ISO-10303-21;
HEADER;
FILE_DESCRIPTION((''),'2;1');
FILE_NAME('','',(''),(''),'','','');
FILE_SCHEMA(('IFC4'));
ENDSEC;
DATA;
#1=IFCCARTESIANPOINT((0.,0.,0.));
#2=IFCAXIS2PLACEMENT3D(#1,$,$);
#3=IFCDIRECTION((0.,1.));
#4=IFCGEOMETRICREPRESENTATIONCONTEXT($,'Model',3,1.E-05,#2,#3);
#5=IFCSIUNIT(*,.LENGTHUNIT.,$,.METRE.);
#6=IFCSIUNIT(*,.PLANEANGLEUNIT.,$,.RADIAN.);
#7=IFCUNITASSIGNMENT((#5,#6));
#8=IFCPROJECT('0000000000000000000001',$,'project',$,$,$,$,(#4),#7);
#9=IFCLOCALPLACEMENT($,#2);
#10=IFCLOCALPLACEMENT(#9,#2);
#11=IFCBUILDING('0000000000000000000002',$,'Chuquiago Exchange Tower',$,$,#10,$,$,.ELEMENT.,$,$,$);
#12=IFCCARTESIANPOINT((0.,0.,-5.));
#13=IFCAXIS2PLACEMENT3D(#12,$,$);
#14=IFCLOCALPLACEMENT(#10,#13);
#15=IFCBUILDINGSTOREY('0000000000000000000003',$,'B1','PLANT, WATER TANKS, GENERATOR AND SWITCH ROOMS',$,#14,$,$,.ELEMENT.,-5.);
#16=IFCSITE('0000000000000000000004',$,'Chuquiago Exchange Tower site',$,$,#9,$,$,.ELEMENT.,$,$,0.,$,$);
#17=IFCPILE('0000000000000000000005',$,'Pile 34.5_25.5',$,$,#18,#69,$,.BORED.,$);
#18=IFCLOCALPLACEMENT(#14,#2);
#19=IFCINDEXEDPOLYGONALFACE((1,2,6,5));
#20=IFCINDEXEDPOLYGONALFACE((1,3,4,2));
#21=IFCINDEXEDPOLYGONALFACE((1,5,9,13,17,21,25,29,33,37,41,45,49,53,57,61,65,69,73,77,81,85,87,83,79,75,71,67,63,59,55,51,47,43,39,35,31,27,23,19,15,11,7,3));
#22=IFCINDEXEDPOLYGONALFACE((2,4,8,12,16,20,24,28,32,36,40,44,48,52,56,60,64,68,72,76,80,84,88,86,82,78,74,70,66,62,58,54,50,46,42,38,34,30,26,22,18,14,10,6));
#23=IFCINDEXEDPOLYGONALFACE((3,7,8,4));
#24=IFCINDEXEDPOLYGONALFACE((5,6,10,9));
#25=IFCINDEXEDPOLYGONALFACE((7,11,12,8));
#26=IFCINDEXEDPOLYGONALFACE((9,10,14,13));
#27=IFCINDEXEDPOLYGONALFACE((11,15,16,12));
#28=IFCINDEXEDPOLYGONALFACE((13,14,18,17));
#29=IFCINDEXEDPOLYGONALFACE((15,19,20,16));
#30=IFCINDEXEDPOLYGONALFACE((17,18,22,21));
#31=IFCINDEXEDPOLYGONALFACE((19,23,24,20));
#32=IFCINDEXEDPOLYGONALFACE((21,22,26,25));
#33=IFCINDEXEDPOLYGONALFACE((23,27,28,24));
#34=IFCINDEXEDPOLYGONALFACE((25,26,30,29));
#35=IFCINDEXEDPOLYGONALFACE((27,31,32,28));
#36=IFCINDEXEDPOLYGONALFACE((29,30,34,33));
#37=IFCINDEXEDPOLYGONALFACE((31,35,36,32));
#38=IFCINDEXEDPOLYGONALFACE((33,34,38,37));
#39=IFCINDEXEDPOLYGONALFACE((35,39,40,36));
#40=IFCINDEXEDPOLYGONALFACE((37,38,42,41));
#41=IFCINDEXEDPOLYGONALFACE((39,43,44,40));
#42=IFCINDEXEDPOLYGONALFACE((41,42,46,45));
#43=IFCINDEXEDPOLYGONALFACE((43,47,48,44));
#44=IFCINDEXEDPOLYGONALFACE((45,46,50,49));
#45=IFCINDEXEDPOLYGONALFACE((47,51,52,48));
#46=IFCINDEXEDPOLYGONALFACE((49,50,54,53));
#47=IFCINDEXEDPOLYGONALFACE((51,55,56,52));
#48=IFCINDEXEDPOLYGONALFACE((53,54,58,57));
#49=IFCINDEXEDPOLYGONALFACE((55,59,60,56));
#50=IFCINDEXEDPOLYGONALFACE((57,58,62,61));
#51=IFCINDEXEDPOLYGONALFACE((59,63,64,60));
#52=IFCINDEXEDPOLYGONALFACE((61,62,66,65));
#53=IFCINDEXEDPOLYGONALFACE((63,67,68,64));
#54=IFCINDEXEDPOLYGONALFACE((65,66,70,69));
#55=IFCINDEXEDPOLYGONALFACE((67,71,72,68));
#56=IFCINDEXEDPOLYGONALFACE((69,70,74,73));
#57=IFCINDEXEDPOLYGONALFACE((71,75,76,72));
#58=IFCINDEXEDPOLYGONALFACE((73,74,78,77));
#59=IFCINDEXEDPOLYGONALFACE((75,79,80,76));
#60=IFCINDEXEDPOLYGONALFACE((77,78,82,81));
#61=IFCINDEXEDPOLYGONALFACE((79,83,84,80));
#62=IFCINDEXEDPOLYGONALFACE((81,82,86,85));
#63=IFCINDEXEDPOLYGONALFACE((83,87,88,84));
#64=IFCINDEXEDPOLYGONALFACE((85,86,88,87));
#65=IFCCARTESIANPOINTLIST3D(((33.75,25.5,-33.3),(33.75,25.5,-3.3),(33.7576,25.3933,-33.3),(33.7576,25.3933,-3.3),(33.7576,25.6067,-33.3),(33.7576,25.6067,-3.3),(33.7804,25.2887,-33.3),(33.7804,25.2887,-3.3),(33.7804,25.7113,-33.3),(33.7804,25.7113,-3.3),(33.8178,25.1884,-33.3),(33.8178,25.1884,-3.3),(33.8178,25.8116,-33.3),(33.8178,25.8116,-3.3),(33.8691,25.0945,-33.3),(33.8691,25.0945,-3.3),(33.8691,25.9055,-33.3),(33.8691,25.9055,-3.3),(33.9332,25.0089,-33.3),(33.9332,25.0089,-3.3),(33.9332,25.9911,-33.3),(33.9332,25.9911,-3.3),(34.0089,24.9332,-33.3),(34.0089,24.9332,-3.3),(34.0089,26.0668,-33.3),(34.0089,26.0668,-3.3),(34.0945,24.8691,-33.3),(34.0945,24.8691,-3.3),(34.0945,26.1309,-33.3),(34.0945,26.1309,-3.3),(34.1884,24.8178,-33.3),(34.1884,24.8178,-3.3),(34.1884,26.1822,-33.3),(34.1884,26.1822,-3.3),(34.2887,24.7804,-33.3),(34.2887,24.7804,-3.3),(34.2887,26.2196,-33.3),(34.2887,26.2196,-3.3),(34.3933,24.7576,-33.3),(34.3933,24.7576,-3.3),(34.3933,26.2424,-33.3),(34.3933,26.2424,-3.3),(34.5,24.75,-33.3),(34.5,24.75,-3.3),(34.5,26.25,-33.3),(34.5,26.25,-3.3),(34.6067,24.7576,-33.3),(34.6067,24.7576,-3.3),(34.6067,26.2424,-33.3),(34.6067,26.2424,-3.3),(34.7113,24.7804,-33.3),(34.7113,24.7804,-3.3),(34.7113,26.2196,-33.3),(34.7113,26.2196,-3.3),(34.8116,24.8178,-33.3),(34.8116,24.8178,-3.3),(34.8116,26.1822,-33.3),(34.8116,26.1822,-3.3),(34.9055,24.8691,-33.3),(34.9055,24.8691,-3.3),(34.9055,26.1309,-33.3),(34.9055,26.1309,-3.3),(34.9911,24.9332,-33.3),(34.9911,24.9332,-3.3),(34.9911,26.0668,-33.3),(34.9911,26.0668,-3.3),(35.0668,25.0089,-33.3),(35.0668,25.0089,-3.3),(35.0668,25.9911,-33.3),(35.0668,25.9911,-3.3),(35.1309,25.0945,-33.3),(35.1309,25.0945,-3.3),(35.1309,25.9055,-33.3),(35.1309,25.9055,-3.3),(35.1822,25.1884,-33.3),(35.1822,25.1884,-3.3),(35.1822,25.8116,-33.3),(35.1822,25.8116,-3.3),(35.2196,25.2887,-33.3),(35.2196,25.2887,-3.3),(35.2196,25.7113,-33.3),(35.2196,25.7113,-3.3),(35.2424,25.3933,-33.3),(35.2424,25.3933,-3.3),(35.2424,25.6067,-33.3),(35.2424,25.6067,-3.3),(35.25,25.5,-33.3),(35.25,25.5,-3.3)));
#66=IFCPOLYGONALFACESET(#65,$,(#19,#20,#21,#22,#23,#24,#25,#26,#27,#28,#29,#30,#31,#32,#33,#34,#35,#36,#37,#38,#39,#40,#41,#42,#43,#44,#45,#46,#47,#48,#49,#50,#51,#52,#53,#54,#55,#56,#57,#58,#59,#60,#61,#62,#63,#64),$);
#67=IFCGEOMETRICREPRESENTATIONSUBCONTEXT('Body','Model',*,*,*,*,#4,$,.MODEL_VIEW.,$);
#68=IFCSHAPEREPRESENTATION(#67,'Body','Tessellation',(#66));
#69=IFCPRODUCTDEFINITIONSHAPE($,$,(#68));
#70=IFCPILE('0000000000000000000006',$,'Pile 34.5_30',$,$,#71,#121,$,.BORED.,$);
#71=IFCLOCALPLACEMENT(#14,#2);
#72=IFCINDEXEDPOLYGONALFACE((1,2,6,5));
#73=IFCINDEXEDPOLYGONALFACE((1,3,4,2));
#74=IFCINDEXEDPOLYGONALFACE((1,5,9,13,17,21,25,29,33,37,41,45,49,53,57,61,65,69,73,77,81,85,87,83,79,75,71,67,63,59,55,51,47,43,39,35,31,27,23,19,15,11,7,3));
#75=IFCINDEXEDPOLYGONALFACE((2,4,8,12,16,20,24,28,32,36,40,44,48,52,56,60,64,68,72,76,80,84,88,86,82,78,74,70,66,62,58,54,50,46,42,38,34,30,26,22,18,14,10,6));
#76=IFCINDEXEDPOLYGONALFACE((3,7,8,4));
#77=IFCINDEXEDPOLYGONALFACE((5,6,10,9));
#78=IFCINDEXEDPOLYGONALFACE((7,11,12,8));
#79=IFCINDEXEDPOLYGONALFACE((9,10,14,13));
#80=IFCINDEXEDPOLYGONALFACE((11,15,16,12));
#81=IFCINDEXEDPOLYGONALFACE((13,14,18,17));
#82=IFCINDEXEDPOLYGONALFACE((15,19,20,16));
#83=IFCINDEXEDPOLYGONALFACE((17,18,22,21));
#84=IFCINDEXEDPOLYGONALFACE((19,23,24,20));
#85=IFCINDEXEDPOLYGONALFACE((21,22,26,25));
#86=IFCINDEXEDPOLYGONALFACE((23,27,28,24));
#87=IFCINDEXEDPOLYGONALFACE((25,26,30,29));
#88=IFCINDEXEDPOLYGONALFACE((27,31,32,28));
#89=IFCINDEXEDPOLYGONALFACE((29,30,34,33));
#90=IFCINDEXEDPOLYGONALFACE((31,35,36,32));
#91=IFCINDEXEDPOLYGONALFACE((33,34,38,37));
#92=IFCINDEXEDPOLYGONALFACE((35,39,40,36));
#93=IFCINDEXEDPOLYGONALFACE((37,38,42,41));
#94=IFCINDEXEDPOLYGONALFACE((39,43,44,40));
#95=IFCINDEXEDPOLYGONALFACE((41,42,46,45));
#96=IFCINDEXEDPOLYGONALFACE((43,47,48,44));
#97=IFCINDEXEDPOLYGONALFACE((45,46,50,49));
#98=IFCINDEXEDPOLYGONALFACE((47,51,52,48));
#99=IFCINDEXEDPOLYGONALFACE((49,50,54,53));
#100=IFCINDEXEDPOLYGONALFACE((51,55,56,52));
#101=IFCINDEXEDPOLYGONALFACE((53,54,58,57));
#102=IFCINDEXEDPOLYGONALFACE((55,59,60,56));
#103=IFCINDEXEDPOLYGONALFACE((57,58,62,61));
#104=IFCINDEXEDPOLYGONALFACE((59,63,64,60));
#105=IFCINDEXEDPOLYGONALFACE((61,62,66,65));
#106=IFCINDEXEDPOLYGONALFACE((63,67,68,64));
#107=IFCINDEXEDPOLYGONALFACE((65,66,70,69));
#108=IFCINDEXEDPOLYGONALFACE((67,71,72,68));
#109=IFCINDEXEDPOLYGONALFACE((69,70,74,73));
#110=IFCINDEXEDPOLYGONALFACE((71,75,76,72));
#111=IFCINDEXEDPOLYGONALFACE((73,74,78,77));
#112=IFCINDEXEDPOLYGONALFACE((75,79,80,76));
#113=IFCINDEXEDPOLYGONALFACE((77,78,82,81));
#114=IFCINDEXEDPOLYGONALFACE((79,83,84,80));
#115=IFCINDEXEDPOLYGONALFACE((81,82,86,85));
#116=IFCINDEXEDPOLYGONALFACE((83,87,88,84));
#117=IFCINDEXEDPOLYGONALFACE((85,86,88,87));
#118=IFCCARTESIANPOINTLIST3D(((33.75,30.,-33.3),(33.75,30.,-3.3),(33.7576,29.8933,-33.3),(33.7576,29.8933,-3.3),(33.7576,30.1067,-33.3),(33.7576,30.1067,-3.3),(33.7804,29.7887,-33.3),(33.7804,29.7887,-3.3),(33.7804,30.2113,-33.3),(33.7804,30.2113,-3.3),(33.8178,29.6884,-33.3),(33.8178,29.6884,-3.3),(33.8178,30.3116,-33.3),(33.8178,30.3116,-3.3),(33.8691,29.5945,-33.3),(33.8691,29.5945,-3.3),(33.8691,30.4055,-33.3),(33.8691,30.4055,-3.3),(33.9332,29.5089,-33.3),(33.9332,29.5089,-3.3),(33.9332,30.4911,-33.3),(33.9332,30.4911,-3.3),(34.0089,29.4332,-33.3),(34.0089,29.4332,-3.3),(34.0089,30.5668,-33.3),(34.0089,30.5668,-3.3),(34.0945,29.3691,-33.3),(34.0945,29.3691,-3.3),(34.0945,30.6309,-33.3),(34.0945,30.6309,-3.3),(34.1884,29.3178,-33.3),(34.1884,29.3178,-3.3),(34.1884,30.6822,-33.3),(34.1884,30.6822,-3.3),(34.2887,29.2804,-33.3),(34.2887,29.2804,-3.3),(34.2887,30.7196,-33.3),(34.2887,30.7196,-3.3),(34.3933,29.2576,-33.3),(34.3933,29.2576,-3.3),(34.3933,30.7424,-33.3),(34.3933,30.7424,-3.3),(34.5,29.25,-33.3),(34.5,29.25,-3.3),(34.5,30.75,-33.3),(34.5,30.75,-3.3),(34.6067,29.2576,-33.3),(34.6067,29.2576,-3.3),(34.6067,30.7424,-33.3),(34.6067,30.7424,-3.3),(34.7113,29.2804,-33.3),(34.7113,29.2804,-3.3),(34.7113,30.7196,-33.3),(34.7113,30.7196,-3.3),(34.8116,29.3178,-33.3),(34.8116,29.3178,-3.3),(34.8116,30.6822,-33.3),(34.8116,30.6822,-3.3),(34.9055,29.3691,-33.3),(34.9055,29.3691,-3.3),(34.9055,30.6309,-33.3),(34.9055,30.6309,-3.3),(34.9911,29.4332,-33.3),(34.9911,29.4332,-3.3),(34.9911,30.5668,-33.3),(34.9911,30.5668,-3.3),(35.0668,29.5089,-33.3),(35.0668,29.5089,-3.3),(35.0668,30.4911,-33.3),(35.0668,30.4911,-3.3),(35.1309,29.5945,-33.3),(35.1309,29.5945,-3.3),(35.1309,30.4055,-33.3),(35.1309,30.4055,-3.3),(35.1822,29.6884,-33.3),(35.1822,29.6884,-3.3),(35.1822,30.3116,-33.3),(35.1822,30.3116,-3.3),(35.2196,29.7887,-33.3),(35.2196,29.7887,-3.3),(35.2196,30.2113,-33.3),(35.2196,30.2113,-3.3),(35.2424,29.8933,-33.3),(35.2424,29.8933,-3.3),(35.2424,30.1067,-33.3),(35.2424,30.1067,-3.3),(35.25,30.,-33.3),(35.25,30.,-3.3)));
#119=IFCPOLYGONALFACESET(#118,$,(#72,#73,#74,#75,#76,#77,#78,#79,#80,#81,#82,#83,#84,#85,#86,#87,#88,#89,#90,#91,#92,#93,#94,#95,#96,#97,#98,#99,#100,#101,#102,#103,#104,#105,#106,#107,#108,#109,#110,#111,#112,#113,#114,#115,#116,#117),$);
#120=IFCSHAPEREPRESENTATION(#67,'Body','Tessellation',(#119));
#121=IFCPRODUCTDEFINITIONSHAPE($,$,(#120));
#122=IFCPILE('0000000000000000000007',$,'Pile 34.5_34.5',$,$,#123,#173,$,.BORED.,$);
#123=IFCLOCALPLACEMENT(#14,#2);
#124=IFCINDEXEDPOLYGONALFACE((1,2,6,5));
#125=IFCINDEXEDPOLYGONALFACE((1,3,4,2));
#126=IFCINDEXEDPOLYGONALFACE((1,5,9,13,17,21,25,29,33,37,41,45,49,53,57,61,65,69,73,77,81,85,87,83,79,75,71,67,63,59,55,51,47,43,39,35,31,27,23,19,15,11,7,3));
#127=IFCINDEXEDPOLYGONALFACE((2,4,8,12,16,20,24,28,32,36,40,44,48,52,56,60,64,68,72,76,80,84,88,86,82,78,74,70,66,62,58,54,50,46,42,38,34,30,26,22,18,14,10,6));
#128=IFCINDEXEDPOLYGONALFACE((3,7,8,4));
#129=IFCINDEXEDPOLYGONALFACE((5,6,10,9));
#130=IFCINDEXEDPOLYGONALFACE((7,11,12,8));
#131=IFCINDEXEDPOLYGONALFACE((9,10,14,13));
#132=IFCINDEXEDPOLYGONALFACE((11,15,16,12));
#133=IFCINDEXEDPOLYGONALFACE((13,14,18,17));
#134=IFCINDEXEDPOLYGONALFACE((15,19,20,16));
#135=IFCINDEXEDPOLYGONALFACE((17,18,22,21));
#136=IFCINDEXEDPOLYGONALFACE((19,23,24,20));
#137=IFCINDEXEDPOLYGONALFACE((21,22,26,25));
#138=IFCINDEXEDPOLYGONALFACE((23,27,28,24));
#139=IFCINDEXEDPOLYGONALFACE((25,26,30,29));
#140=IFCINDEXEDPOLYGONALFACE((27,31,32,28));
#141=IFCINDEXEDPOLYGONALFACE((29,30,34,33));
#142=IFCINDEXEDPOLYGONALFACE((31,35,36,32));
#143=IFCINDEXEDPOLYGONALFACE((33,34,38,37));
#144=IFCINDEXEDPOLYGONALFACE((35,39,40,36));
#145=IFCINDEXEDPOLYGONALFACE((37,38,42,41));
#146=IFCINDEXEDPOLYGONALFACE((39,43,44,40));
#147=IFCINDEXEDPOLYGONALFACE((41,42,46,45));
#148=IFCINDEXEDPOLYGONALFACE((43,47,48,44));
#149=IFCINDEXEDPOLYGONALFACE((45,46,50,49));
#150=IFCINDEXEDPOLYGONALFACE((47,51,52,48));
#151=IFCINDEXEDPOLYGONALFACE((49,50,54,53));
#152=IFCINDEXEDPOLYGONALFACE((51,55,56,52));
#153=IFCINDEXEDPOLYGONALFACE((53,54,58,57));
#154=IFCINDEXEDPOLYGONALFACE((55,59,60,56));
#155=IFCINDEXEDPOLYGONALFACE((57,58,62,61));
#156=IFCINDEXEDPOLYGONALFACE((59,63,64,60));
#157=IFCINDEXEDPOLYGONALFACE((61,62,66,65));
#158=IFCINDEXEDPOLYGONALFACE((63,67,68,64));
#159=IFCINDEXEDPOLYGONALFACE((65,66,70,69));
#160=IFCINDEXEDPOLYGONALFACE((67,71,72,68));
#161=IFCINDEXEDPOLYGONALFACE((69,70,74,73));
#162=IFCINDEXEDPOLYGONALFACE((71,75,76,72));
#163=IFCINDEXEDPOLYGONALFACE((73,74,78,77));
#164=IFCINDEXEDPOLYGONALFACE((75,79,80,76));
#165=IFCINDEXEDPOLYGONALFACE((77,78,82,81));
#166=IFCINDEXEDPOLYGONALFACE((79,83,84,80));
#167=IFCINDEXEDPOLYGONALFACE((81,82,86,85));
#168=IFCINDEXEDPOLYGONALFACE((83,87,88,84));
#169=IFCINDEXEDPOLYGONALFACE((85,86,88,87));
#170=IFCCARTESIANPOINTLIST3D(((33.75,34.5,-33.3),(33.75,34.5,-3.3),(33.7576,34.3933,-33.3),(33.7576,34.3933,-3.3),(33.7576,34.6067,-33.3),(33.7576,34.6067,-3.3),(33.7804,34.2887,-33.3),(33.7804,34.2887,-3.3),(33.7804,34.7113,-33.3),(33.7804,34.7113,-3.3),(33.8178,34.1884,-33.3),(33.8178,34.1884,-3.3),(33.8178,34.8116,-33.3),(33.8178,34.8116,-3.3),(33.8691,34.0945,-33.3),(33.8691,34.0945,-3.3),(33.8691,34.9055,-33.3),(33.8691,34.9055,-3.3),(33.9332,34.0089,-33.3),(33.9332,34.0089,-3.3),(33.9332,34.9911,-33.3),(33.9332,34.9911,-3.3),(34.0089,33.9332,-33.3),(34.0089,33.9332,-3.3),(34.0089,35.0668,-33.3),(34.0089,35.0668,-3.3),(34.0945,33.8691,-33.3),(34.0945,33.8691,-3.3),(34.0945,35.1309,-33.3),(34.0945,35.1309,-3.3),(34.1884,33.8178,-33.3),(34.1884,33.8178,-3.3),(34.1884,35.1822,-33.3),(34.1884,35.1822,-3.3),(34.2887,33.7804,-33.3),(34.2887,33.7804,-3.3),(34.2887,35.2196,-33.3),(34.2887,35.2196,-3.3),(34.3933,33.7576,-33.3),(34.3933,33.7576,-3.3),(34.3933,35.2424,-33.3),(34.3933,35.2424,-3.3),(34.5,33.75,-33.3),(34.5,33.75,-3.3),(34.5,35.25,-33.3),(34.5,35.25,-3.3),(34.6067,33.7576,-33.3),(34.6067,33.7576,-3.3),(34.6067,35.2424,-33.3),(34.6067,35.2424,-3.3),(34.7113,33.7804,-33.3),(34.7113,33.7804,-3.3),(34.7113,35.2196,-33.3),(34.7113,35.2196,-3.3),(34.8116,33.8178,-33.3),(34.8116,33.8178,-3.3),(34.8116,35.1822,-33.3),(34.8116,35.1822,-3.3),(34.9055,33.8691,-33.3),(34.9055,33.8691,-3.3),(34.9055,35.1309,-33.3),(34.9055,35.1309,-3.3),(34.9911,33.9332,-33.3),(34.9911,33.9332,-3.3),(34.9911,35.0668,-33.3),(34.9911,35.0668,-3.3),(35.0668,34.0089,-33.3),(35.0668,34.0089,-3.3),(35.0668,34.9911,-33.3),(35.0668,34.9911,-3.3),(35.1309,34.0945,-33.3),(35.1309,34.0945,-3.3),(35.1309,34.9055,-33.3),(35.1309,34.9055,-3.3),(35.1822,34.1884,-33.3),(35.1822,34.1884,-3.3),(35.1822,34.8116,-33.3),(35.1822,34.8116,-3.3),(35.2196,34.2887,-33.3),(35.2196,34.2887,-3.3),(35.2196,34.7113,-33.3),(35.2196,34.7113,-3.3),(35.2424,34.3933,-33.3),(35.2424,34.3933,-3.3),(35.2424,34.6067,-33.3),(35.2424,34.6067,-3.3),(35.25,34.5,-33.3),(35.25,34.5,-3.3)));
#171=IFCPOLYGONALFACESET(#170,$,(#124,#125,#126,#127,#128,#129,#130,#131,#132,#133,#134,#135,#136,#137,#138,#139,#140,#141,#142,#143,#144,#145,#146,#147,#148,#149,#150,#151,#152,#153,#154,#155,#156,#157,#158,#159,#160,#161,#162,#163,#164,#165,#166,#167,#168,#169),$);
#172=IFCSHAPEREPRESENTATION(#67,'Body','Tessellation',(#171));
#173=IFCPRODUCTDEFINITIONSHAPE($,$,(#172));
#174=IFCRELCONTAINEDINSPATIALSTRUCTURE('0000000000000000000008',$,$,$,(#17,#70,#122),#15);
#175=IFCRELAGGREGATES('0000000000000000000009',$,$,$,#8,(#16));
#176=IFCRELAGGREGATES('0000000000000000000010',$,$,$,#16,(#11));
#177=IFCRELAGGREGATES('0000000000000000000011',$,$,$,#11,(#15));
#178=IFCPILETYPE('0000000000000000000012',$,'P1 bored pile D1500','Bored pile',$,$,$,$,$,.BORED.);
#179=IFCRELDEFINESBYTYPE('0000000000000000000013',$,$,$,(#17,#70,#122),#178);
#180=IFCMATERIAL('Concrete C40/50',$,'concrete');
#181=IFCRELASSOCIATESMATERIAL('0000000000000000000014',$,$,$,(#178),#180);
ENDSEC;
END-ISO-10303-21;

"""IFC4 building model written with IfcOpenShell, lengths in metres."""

from ifc_helpers import new_model, si_unit, direction, frame, origin, origin_2d, place, context, subcontext, project, spatial, circle, extrude, material, material_profile, profile_set, type_object, element, save


model = new_model("IFC4")

# Units and contexts
model_context = context("Model", 3, precision=1e-05, world=origin(), true_north=direction((0.0, 1.0)))
body_context = subcontext(model_context, "Body", "Model", "MODEL_VIEW")
ifc_project = project(units=[si_unit("LENGTHUNIT", "METRE"), si_unit("PLANEANGLEUNIT", "RADIAN")], contexts=[model_context])

# Site, building, storey
site_placement = place(None, origin())
site = spatial("IfcSite", under=ifc_project, at=site_placement, Name="Chuquiago Exchange Tower site", CompositionType="ELEMENT", RefElevation=0.0)
building_placement = place(site_placement, origin())
building = spatial("IfcBuilding", under=site, at=building_placement, Name="Chuquiago Exchange Tower", CompositionType="ELEMENT")
storey_placement = place(building_placement, frame((0.0, 0.0, -5.0)))
storey = spatial("IfcBuildingStorey", under=building, at=storey_placement, Name="B1", Description="PLANT, WATER TANKS, GENERATOR AND SWITCH ROOMS", CompositionType="ELEMENT", Elevation=-5.0)

# Piles
ifc_material_1 = material(Name="Concrete C40/50", Category="concrete")
ifc_material_profile_1 = material_profile(ifc_material_1, circle(Radius=0.75, at=origin_2d()), Name="D1500")
ifc_profile_set_1 = profile_set([ifc_material_profile_1], Name="Concrete C40/50")
pile_type = type_object("IfcPileType", Name="P1 bored pile D1500", Description="Bored pile", PredefinedType="BORED", material=ifc_profile_set_1)
for number, where, z_axis, x_axis, name in (
    (1, (34.5, 25.5, -3.3), (0.0, 0.0, -1.0), (1.0, 0.0, 0.0), "Pile 34.5_25.5"),
    (2, (34.5, 30.0, -3.3), (0.0, 0.0, -1.0), (1.0, 0.0, 0.0), "Pile 34.5_30"),
    (3, (34.5, 34.5, -3.3), (0.0, 0.0, -1.0), (1.0, 0.0, 0.0), "Pile 34.5_34.5"),
):
    element("IfcPile", number, at=place(storey_placement, frame(where, z_axis=z_axis, x_axis=x_axis)), inside=storey, type_object=pile_type, Name=name, PredefinedType="BORED", context=body_context, shape_type="SweptSolid", body=[
        extrude(circle(Radius=0.75, at=origin_2d()), origin(), (0.0, 0.0, 1.0), 30.0),
    ])

save(model, "model.ifc")
